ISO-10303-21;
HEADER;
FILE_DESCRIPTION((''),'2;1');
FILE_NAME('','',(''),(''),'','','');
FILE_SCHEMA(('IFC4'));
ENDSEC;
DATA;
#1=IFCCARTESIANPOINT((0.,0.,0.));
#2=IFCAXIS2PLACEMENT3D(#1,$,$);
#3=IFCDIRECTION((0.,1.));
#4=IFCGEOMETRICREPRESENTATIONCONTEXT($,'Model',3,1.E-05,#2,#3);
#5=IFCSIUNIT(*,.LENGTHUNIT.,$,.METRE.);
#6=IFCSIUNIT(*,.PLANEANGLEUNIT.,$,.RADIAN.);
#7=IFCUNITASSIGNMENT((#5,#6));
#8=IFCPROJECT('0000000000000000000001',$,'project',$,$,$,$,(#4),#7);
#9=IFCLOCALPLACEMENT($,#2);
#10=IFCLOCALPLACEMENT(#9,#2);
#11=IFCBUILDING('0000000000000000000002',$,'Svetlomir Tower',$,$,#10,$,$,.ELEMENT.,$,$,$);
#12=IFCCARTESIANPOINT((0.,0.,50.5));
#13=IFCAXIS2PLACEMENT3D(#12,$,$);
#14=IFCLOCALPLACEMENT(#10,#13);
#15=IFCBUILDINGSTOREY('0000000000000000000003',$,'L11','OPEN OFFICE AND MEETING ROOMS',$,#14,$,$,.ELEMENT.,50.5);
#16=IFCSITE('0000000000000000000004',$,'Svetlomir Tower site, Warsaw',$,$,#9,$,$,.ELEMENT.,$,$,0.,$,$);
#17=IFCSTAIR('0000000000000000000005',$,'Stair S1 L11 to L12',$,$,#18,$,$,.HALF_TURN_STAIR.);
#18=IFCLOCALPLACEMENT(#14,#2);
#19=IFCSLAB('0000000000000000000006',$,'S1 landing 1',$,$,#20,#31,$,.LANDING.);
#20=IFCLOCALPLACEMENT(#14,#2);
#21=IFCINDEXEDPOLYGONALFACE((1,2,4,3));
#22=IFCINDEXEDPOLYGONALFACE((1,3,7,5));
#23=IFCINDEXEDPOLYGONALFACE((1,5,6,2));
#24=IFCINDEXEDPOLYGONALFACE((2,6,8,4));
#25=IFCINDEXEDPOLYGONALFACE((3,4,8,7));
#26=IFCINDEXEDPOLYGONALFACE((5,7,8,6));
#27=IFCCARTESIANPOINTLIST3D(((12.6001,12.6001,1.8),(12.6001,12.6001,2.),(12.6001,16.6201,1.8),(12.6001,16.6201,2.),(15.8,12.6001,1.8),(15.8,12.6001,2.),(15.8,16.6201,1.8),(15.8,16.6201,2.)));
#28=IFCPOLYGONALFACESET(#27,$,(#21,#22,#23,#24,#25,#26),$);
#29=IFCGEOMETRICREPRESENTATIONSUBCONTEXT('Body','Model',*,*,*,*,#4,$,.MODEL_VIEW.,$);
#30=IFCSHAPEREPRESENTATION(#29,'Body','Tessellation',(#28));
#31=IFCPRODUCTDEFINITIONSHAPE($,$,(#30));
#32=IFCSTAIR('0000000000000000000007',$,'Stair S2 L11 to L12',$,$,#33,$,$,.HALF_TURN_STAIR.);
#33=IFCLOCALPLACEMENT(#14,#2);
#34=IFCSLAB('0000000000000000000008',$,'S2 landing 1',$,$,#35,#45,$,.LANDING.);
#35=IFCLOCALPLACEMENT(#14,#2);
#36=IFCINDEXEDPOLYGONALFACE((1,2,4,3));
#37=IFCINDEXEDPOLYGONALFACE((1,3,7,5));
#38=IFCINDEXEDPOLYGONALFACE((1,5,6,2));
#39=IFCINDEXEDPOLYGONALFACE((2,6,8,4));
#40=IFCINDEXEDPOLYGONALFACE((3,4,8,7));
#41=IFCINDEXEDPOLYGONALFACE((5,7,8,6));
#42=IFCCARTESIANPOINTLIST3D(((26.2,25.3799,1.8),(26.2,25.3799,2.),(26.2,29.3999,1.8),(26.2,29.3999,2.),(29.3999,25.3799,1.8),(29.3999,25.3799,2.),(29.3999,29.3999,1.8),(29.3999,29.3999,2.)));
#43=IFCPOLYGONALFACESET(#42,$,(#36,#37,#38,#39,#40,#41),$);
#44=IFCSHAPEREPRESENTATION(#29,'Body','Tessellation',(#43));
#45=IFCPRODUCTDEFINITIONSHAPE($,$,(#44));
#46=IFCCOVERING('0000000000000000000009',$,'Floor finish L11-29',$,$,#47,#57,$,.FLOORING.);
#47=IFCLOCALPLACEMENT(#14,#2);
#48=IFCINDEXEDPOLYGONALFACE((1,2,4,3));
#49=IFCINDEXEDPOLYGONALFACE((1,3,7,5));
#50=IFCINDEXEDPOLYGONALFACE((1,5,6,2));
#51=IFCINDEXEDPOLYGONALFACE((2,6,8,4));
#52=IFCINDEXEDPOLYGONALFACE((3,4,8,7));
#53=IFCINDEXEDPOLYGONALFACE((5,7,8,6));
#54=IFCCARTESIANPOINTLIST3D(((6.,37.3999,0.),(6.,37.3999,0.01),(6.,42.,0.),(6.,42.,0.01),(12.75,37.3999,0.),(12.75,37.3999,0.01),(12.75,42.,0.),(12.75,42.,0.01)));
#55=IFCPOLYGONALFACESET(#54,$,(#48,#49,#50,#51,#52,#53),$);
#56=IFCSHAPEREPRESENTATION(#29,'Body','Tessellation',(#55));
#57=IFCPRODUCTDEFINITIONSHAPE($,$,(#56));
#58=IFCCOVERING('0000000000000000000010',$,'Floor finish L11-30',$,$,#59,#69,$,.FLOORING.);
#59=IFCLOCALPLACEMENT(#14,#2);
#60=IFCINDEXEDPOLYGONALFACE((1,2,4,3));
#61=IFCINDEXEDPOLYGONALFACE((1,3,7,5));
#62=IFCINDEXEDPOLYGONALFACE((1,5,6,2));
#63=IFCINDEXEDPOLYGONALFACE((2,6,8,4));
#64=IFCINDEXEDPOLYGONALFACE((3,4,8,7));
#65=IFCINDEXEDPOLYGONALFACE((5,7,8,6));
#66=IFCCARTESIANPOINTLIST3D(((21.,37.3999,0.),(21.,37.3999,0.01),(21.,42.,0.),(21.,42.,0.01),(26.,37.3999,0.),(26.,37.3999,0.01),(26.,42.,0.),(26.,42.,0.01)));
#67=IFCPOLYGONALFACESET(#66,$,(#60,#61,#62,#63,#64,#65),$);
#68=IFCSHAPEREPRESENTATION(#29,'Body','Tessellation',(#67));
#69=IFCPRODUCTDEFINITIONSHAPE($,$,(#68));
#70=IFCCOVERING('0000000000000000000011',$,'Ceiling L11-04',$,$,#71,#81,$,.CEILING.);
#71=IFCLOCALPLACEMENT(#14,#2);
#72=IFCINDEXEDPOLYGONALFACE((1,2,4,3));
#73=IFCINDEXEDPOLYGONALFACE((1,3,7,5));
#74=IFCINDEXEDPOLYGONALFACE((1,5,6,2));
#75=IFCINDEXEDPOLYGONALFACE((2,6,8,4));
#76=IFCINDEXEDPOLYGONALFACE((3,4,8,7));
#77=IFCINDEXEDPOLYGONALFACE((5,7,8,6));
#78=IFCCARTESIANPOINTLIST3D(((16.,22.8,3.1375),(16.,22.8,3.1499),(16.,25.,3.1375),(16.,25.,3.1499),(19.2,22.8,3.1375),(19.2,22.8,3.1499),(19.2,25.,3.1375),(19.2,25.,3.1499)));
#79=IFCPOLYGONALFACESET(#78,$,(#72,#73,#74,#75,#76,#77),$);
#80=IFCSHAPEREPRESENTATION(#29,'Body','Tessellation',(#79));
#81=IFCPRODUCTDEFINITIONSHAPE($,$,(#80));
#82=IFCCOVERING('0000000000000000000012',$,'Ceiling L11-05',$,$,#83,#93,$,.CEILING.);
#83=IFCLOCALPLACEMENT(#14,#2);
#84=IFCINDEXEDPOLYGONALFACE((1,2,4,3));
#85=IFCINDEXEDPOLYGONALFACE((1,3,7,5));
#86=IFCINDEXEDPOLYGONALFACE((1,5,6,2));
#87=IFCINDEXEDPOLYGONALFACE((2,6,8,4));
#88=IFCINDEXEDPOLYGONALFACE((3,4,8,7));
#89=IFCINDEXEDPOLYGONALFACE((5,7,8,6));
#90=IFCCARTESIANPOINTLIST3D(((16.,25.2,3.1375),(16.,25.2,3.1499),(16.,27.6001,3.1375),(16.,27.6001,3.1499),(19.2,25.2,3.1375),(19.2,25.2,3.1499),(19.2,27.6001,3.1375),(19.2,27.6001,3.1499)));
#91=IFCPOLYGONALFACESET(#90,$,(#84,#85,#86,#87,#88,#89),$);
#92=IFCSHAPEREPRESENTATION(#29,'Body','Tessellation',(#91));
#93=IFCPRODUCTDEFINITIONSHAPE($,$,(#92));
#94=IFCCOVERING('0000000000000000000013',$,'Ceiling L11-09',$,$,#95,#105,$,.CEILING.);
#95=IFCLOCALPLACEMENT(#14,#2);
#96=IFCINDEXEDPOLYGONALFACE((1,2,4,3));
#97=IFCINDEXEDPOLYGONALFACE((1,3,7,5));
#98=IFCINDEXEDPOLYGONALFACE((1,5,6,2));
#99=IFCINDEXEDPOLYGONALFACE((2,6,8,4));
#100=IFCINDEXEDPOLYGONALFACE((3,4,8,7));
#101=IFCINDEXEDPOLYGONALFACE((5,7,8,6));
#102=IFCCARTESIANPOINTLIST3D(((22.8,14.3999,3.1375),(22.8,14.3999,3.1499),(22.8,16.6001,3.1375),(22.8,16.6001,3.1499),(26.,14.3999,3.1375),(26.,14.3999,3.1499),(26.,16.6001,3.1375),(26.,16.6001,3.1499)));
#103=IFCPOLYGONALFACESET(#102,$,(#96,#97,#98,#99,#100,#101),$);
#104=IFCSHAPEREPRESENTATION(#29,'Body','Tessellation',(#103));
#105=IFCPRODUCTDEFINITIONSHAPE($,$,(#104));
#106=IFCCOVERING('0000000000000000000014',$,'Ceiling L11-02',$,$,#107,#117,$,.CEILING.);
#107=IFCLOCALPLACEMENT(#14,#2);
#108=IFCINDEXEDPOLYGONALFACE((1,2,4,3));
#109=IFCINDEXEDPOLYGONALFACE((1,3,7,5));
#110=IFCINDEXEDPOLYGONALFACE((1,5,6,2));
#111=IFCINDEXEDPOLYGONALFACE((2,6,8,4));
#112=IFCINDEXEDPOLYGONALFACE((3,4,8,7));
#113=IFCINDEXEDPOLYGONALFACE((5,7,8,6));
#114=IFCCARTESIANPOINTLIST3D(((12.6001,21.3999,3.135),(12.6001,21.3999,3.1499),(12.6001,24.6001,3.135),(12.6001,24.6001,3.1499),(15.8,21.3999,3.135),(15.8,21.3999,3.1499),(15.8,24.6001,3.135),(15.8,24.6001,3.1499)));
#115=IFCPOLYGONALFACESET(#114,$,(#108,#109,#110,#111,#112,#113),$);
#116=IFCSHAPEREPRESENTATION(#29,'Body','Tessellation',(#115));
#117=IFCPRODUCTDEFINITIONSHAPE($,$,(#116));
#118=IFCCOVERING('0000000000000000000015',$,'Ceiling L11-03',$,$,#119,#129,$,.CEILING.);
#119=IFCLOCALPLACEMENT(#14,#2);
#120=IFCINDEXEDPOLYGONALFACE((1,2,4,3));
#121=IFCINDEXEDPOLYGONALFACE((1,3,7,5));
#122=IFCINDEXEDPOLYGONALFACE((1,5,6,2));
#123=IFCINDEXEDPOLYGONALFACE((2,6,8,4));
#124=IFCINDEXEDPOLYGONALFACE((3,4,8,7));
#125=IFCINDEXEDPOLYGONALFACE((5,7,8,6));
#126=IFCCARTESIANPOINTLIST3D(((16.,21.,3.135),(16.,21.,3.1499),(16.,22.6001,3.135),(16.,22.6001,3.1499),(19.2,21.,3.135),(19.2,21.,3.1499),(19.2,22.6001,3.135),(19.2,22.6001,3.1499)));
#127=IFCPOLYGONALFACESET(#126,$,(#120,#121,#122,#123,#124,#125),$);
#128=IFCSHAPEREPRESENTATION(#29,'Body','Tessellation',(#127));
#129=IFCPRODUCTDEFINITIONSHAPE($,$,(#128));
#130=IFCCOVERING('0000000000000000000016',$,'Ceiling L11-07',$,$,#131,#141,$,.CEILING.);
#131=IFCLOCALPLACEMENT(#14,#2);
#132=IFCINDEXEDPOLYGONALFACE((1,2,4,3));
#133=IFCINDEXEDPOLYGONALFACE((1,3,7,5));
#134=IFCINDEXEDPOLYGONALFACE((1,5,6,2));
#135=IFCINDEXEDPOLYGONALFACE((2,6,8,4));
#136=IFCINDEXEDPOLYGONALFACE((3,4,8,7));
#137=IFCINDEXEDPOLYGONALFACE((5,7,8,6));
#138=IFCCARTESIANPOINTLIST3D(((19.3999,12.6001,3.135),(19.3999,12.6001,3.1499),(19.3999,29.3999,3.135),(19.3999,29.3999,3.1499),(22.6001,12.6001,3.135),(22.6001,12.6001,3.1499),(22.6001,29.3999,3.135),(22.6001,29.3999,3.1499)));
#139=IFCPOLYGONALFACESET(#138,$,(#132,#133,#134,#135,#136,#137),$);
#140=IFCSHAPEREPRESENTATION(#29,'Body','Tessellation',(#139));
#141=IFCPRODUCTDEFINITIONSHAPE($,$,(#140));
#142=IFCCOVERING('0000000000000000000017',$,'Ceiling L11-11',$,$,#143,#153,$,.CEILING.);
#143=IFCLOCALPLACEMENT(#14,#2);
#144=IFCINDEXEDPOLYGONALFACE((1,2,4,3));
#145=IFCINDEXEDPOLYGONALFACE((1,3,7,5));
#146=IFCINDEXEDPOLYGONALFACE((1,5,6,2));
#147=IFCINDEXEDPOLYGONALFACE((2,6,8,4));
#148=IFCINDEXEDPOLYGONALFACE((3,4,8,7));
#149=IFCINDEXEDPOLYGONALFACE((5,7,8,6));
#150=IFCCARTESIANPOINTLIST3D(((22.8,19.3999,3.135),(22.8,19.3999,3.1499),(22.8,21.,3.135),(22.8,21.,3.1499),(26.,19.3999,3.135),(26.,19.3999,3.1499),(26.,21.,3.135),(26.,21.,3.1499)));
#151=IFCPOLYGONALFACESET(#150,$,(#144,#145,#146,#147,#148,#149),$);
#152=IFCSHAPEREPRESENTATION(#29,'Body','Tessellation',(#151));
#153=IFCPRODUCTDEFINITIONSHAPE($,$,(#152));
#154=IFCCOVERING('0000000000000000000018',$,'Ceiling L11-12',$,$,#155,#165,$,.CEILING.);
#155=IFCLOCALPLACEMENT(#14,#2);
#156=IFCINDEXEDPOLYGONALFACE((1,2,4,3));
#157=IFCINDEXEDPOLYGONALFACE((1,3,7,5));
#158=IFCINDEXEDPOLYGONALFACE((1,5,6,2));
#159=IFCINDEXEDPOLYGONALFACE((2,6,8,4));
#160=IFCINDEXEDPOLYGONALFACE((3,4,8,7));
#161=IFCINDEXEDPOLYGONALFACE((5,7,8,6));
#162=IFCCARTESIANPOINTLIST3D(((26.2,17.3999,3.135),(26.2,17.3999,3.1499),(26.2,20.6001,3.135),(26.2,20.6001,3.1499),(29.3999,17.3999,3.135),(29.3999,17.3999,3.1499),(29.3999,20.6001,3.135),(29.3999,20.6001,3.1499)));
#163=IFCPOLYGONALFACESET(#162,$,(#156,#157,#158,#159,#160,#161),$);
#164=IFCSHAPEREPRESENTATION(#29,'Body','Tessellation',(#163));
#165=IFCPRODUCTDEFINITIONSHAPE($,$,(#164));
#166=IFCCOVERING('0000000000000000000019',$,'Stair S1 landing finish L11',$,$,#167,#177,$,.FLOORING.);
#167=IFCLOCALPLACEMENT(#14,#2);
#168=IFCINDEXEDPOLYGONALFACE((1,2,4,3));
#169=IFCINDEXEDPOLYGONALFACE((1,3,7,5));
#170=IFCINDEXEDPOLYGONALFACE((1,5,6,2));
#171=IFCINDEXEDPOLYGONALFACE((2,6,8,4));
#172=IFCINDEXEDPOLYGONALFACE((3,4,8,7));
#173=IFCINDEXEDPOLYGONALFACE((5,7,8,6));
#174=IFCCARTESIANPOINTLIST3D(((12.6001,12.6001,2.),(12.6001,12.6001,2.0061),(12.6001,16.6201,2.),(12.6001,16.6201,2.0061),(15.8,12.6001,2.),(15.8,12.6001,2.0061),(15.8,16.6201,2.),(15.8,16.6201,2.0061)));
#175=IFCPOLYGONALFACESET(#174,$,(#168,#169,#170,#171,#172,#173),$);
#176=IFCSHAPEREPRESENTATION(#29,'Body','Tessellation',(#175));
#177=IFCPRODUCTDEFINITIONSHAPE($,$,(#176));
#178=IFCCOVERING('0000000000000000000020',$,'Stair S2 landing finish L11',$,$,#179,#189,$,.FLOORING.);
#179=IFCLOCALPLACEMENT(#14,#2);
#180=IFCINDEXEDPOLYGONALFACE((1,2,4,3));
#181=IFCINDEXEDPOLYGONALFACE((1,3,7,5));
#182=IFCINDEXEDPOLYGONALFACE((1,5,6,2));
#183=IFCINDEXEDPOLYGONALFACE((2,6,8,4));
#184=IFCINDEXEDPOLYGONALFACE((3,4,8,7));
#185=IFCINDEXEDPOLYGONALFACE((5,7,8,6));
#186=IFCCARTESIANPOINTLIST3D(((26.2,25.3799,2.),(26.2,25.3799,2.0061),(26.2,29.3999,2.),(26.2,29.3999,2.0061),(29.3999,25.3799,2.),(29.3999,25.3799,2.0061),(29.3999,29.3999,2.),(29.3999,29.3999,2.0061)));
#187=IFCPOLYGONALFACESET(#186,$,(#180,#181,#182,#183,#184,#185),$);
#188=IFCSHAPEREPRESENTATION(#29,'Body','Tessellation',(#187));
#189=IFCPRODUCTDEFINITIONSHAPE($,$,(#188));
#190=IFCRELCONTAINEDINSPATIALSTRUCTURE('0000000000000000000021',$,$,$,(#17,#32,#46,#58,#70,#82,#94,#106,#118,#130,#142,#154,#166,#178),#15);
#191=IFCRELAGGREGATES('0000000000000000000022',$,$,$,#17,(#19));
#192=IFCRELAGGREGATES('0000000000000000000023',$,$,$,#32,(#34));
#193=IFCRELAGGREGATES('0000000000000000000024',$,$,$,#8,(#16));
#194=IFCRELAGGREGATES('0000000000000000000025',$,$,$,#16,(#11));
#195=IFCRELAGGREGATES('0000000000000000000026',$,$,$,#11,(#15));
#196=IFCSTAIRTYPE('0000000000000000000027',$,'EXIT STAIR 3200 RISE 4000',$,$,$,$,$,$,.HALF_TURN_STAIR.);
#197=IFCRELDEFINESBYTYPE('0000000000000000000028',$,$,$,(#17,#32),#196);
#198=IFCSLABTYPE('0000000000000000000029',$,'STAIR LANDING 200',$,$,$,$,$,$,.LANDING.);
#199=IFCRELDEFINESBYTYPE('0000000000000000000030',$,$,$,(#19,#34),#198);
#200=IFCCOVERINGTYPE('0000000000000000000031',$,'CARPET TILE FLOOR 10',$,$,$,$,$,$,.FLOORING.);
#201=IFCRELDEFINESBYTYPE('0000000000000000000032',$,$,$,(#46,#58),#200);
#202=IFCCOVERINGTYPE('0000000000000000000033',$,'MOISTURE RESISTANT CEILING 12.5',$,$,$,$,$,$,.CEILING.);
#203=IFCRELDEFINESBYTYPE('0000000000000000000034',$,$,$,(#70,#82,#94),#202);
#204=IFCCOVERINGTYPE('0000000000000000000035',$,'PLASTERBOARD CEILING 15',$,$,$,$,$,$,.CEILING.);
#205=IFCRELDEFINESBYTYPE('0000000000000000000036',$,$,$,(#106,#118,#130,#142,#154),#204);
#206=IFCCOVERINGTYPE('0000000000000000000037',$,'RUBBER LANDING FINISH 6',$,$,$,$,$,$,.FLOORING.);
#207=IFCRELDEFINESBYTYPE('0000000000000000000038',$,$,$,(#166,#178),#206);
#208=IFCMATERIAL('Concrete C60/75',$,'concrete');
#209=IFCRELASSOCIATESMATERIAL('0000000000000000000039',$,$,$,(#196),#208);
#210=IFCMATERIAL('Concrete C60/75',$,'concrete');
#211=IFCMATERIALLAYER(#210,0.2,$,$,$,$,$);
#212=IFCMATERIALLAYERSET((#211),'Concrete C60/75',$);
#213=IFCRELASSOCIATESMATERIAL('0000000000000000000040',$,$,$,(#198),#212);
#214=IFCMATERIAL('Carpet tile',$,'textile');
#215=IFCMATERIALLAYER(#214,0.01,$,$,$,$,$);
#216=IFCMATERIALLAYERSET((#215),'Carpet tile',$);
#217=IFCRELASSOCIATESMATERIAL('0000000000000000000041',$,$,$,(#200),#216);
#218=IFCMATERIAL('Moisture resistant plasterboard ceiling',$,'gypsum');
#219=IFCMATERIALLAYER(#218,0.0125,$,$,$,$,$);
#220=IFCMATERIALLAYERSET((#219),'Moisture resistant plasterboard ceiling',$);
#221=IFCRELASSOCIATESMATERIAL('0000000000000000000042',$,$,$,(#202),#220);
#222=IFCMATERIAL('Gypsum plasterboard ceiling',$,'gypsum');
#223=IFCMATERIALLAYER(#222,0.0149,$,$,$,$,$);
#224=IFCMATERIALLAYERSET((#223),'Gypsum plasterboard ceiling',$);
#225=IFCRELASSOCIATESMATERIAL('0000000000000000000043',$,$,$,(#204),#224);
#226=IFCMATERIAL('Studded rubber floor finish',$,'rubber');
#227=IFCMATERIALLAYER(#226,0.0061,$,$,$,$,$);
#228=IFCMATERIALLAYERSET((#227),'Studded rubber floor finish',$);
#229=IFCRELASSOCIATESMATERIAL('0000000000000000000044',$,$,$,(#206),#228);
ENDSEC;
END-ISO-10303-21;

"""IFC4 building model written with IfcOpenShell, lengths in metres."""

from ifc_helpers import new_model, si_unit, direction, frame, origin, place, context, subcontext, project, spatial, polyline, outline, extrude, material, layer, layer_set, type_object, element, aggregate, save


model = new_model("IFC4")

# Units and contexts
model_context = context("Model", 3, precision=1e-05, world=origin(), true_north=direction((0.0, 1.0)))
body_context = subcontext(model_context, "Body", "Model", "MODEL_VIEW")
ifc_project = project(units=[si_unit("LENGTHUNIT", "METRE"), si_unit("PLANEANGLEUNIT", "RADIAN")], contexts=[model_context])

# Site, building, storey
site_placement = place(None, origin())
site = spatial("IfcSite", under=ifc_project, at=site_placement, Name="Svetlomir Tower site, Warsaw", CompositionType="ELEMENT", RefElevation=0.0)
building_placement = place(site_placement, origin())
building = spatial("IfcBuilding", under=site, at=building_placement, Name="Svetlomir Tower", CompositionType="ELEMENT")
storey_placement = place(building_placement, frame((0.0, 0.0, 50.5)))
storey = spatial("IfcBuildingStorey", under=building, at=storey_placement, Name="L11", Description="OPEN OFFICE AND MEETING ROOMS", CompositionType="ELEMENT", Elevation=50.5)

# Stairs, slabs
ifc_material_1 = material(Name="Concrete C60/75", Category="concrete")
stair_type = type_object("IfcStairType", Name="EXIT STAIR 3200 RISE 4000", PredefinedType="HALF_TURN_STAIR", material=ifc_material_1)
stair_1_placement = place(storey_placement, origin())
stair_1 = element("IfcStair", 1, at=stair_1_placement, inside=storey, type_object=stair_type, Name="Stair S1 L11 to L12", PredefinedType="HALF_TURN_STAIR")
ifc_material_2 = material(Name="Concrete C60/75", Category="concrete")
ifc_layer_1 = layer(ifc_material_2, 0.2)
ifc_layer_set_1 = layer_set([ifc_layer_1], Name="Concrete C60/75")
slab_type = type_object("IfcSlabType", Name="STAIR LANDING 200", PredefinedType="LANDING", material=ifc_layer_set_1)
slab_1_placement = place(storey_placement, frame((0.0, 0.0, 1.8)))
slab_1 = element("IfcSlab", 2, at=slab_1_placement, type_object=slab_type, Name="S1 landing 1", PredefinedType="LANDING", context=body_context, shape_type="SweptSolid", body=[
    extrude(outline(polyline([(12.6001, 12.6001), (15.8, 12.6001), (15.8, 16.6201), (12.6001, 16.6201), (12.6001, 12.6001)])), origin(), (0.0, 0.0, 1.0), 0.2),
])
aggregate(stair_1, [slab_1])
stair_2_placement = place(storey_placement, origin())
stair_2 = element("IfcStair", 3, at=stair_2_placement, inside=storey, type_object=stair_type, Name="Stair S2 L11 to L12", PredefinedType="HALF_TURN_STAIR")
slab_2_placement = place(storey_placement, frame((0.0, 0.0, 1.8)))
slab_2 = element("IfcSlab", 4, at=slab_2_placement, type_object=slab_type, Name="S2 landing 1", PredefinedType="LANDING", context=body_context, shape_type="SweptSolid", body=[
    extrude(outline(polyline([(26.2, 25.3799), (29.3999, 25.3799), (29.3999, 29.3999), (26.2, 29.3999), (26.2, 25.3799)])), origin(), (0.0, 0.0, 1.0), 0.2),
])
aggregate(stair_2, [slab_2])

# Coverings
ifc_material_3 = material(Name="Carpet tile", Category="textile")
ifc_layer_2 = layer(ifc_material_3, 0.01)
ifc_layer_set_2 = layer_set([ifc_layer_2], Name="Carpet tile")
covering_type_1 = type_object("IfcCoveringType", Name="CARPET TILE FLOOR 10", PredefinedType="FLOORING", material=ifc_layer_set_2)
covering_1_placement = place(storey_placement, origin())
element("IfcCovering", 5, at=covering_1_placement, inside=storey, type_object=covering_type_1, Name="Floor finish L11-29", PredefinedType="FLOORING", context=body_context, shape_type="SweptSolid", body=[
    extrude(outline(polyline([(6.0, 37.3999), (12.75, 37.3999), (12.75, 42.0), (6.0, 42.0), (6.0, 37.3999)])), origin(), (0.0, 0.0, 1.0), 0.01),
])
covering_2_placement = place(storey_placement, origin())
element("IfcCovering", 6, at=covering_2_placement, inside=storey, type_object=covering_type_1, Name="Floor finish L11-30", PredefinedType="FLOORING", context=body_context, shape_type="SweptSolid", body=[
    extrude(outline(polyline([(21.0, 37.3999), (26.0, 37.3999), (26.0, 42.0), (21.0, 42.0), (21.0, 37.3999)])), origin(), (0.0, 0.0, 1.0), 0.01),
])
ifc_material_4 = material(Name="Moisture resistant plasterboard ceiling", Category="gypsum")
ifc_layer_3 = layer(ifc_material_4, 0.0125)
ifc_layer_set_3 = layer_set([ifc_layer_3], Name="Moisture resistant plasterboard ceiling")
covering_type_2 = type_object("IfcCoveringType", Name="MOISTURE RESISTANT CEILING 12.5", PredefinedType="CEILING", material=ifc_layer_set_3)
covering_3_placement = place(storey_placement, frame((0.0, 0.0, 3.1375)))
element("IfcCovering", 7, at=covering_3_placement, inside=storey, type_object=covering_type_2, Name="Ceiling L11-04", PredefinedType="CEILING", context=body_context, shape_type="SweptSolid", body=[
    extrude(outline(polyline([(16.0, 22.8), (19.2, 22.8), (19.2, 25.0), (16.0, 25.0), (16.0, 22.8)])), origin(), (0.0, 0.0, 1.0), 0.0125),
])
covering_4_placement = place(storey_placement, frame((0.0, 0.0, 3.1375)))
element("IfcCovering", 8, at=covering_4_placement, inside=storey, type_object=covering_type_2, Name="Ceiling L11-05", PredefinedType="CEILING", context=body_context, shape_type="SweptSolid", body=[
    extrude(outline(polyline([(16.0, 25.2), (19.2, 25.2), (19.2, 27.6001), (16.0, 27.6001), (16.0, 25.2)])), origin(), (0.0, 0.0, 1.0), 0.0125),
])
covering_5_placement = place(storey_placement, frame((0.0, 0.0, 3.1375)))
element("IfcCovering", 9, at=covering_5_placement, inside=storey, type_object=covering_type_2, Name="Ceiling L11-09", PredefinedType="CEILING", context=body_context, shape_type="SweptSolid", body=[
    extrude(outline(polyline([(22.8, 14.3999), (26.0, 14.3999), (26.0, 16.6001), (22.8, 16.6001), (22.8, 14.3999)])), origin(), (0.0, 0.0, 1.0), 0.0125),
])
ifc_material_5 = material(Name="Gypsum plasterboard ceiling", Category="gypsum")
ifc_layer_4 = layer(ifc_material_5, 0.0149)
ifc_layer_set_4 = layer_set([ifc_layer_4], Name="Gypsum plasterboard ceiling")
covering_type_3 = type_object("IfcCoveringType", Name="PLASTERBOARD CEILING 15", PredefinedType="CEILING", material=ifc_layer_set_4)
covering_6_placement = place(storey_placement, frame((0.0, 0.0, 3.135)))
element("IfcCovering", 10, at=covering_6_placement, inside=storey, type_object=covering_type_3, Name="Ceiling L11-02", PredefinedType="CEILING", context=body_context, shape_type="SweptSolid", body=[
    extrude(outline(polyline([(12.6001, 21.3999), (15.8, 21.3999), (15.8, 24.6001), (12.6001, 24.6001), (12.6001, 21.3999)])), origin(), (0.0, 0.0, 1.0), 0.0149),
])
covering_7_placement = place(storey_placement, frame((0.0, 0.0, 3.135)))
element("IfcCovering", 11, at=covering_7_placement, inside=storey, type_object=covering_type_3, Name="Ceiling L11-03", PredefinedType="CEILING", context=body_context, shape_type="SweptSolid", body=[
    extrude(outline(polyline([(16.0, 21.0), (19.2, 21.0), (19.2, 22.6001), (16.0, 22.6001), (16.0, 21.0)])), origin(), (0.0, 0.0, 1.0), 0.0149),
])
covering_8_placement = place(storey_placement, frame((0.0, 0.0, 3.135)))
element("IfcCovering", 12, at=covering_8_placement, inside=storey, type_object=covering_type_3, Name="Ceiling L11-07", PredefinedType="CEILING", context=body_context, shape_type="SweptSolid", body=[
    extrude(outline(polyline([(19.3999, 12.6001), (22.6001, 12.6001), (22.6001, 29.3999), (19.3999, 29.3999), (19.3999, 12.6001)])), origin(), (0.0, 0.0, 1.0), 0.0149),
])
covering_9_placement = place(storey_placement, frame((0.0, 0.0, 3.135)))
element("IfcCovering", 13, at=covering_9_placement, inside=storey, type_object=covering_type_3, Name="Ceiling L11-11", PredefinedType="CEILING", context=body_context, shape_type="SweptSolid", body=[
    extrude(outline(polyline([(22.8, 19.3999), (26.0, 19.3999), (26.0, 21.0), (22.8, 21.0), (22.8, 19.3999)])), origin(), (0.0, 0.0, 1.0), 0.0149),
])
covering_10_placement = place(storey_placement, frame((0.0, 0.0, 3.135)))
element("IfcCovering", 14, at=covering_10_placement, inside=storey, type_object=covering_type_3, Name="Ceiling L11-12", PredefinedType="CEILING", context=body_context, shape_type="SweptSolid", body=[
    extrude(outline(polyline([(26.2, 17.3999), (29.3999, 17.3999), (29.3999, 20.6001), (26.2, 20.6001), (26.2, 17.3999)])), origin(), (0.0, 0.0, 1.0), 0.0149),
])
ifc_material_6 = material(Name="Studded rubber floor finish", Category="rubber")
ifc_layer_5 = layer(ifc_material_6, 0.0061)
ifc_layer_set_5 = layer_set([ifc_layer_5], Name="Studded rubber floor finish")
covering_type_4 = type_object("IfcCoveringType", Name="RUBBER LANDING FINISH 6", PredefinedType="FLOORING", material=ifc_layer_set_5)
covering_11_placement = place(storey_placement, frame((0.0, 0.0, 2.0)))
element("IfcCovering", 15, at=covering_11_placement, inside=storey, type_object=covering_type_4, Name="Stair S1 landing finish L11", PredefinedType="FLOORING", context=body_context, shape_type="SweptSolid", body=[
    extrude(outline(polyline([(12.6001, 12.6001), (15.8, 12.6001), (15.8, 16.6201), (12.6001, 16.6201), (12.6001, 12.6001)])), origin(), (0.0, 0.0, 1.0), 0.0061),
])
covering_12_placement = place(storey_placement, frame((0.0, 0.0, 2.0)))
element("IfcCovering", 16, at=covering_12_placement, inside=storey, type_object=covering_type_4, Name="Stair S2 landing finish L11", PredefinedType="FLOORING", context=body_context, shape_type="SweptSolid", body=[
    extrude(outline(polyline([(26.2, 25.3799), (29.3999, 25.3799), (29.3999, 29.3999), (26.2, 29.3999), (26.2, 25.3799)])), origin(), (0.0, 0.0, 1.0), 0.0061),
])

save(model, "model.ifc")
